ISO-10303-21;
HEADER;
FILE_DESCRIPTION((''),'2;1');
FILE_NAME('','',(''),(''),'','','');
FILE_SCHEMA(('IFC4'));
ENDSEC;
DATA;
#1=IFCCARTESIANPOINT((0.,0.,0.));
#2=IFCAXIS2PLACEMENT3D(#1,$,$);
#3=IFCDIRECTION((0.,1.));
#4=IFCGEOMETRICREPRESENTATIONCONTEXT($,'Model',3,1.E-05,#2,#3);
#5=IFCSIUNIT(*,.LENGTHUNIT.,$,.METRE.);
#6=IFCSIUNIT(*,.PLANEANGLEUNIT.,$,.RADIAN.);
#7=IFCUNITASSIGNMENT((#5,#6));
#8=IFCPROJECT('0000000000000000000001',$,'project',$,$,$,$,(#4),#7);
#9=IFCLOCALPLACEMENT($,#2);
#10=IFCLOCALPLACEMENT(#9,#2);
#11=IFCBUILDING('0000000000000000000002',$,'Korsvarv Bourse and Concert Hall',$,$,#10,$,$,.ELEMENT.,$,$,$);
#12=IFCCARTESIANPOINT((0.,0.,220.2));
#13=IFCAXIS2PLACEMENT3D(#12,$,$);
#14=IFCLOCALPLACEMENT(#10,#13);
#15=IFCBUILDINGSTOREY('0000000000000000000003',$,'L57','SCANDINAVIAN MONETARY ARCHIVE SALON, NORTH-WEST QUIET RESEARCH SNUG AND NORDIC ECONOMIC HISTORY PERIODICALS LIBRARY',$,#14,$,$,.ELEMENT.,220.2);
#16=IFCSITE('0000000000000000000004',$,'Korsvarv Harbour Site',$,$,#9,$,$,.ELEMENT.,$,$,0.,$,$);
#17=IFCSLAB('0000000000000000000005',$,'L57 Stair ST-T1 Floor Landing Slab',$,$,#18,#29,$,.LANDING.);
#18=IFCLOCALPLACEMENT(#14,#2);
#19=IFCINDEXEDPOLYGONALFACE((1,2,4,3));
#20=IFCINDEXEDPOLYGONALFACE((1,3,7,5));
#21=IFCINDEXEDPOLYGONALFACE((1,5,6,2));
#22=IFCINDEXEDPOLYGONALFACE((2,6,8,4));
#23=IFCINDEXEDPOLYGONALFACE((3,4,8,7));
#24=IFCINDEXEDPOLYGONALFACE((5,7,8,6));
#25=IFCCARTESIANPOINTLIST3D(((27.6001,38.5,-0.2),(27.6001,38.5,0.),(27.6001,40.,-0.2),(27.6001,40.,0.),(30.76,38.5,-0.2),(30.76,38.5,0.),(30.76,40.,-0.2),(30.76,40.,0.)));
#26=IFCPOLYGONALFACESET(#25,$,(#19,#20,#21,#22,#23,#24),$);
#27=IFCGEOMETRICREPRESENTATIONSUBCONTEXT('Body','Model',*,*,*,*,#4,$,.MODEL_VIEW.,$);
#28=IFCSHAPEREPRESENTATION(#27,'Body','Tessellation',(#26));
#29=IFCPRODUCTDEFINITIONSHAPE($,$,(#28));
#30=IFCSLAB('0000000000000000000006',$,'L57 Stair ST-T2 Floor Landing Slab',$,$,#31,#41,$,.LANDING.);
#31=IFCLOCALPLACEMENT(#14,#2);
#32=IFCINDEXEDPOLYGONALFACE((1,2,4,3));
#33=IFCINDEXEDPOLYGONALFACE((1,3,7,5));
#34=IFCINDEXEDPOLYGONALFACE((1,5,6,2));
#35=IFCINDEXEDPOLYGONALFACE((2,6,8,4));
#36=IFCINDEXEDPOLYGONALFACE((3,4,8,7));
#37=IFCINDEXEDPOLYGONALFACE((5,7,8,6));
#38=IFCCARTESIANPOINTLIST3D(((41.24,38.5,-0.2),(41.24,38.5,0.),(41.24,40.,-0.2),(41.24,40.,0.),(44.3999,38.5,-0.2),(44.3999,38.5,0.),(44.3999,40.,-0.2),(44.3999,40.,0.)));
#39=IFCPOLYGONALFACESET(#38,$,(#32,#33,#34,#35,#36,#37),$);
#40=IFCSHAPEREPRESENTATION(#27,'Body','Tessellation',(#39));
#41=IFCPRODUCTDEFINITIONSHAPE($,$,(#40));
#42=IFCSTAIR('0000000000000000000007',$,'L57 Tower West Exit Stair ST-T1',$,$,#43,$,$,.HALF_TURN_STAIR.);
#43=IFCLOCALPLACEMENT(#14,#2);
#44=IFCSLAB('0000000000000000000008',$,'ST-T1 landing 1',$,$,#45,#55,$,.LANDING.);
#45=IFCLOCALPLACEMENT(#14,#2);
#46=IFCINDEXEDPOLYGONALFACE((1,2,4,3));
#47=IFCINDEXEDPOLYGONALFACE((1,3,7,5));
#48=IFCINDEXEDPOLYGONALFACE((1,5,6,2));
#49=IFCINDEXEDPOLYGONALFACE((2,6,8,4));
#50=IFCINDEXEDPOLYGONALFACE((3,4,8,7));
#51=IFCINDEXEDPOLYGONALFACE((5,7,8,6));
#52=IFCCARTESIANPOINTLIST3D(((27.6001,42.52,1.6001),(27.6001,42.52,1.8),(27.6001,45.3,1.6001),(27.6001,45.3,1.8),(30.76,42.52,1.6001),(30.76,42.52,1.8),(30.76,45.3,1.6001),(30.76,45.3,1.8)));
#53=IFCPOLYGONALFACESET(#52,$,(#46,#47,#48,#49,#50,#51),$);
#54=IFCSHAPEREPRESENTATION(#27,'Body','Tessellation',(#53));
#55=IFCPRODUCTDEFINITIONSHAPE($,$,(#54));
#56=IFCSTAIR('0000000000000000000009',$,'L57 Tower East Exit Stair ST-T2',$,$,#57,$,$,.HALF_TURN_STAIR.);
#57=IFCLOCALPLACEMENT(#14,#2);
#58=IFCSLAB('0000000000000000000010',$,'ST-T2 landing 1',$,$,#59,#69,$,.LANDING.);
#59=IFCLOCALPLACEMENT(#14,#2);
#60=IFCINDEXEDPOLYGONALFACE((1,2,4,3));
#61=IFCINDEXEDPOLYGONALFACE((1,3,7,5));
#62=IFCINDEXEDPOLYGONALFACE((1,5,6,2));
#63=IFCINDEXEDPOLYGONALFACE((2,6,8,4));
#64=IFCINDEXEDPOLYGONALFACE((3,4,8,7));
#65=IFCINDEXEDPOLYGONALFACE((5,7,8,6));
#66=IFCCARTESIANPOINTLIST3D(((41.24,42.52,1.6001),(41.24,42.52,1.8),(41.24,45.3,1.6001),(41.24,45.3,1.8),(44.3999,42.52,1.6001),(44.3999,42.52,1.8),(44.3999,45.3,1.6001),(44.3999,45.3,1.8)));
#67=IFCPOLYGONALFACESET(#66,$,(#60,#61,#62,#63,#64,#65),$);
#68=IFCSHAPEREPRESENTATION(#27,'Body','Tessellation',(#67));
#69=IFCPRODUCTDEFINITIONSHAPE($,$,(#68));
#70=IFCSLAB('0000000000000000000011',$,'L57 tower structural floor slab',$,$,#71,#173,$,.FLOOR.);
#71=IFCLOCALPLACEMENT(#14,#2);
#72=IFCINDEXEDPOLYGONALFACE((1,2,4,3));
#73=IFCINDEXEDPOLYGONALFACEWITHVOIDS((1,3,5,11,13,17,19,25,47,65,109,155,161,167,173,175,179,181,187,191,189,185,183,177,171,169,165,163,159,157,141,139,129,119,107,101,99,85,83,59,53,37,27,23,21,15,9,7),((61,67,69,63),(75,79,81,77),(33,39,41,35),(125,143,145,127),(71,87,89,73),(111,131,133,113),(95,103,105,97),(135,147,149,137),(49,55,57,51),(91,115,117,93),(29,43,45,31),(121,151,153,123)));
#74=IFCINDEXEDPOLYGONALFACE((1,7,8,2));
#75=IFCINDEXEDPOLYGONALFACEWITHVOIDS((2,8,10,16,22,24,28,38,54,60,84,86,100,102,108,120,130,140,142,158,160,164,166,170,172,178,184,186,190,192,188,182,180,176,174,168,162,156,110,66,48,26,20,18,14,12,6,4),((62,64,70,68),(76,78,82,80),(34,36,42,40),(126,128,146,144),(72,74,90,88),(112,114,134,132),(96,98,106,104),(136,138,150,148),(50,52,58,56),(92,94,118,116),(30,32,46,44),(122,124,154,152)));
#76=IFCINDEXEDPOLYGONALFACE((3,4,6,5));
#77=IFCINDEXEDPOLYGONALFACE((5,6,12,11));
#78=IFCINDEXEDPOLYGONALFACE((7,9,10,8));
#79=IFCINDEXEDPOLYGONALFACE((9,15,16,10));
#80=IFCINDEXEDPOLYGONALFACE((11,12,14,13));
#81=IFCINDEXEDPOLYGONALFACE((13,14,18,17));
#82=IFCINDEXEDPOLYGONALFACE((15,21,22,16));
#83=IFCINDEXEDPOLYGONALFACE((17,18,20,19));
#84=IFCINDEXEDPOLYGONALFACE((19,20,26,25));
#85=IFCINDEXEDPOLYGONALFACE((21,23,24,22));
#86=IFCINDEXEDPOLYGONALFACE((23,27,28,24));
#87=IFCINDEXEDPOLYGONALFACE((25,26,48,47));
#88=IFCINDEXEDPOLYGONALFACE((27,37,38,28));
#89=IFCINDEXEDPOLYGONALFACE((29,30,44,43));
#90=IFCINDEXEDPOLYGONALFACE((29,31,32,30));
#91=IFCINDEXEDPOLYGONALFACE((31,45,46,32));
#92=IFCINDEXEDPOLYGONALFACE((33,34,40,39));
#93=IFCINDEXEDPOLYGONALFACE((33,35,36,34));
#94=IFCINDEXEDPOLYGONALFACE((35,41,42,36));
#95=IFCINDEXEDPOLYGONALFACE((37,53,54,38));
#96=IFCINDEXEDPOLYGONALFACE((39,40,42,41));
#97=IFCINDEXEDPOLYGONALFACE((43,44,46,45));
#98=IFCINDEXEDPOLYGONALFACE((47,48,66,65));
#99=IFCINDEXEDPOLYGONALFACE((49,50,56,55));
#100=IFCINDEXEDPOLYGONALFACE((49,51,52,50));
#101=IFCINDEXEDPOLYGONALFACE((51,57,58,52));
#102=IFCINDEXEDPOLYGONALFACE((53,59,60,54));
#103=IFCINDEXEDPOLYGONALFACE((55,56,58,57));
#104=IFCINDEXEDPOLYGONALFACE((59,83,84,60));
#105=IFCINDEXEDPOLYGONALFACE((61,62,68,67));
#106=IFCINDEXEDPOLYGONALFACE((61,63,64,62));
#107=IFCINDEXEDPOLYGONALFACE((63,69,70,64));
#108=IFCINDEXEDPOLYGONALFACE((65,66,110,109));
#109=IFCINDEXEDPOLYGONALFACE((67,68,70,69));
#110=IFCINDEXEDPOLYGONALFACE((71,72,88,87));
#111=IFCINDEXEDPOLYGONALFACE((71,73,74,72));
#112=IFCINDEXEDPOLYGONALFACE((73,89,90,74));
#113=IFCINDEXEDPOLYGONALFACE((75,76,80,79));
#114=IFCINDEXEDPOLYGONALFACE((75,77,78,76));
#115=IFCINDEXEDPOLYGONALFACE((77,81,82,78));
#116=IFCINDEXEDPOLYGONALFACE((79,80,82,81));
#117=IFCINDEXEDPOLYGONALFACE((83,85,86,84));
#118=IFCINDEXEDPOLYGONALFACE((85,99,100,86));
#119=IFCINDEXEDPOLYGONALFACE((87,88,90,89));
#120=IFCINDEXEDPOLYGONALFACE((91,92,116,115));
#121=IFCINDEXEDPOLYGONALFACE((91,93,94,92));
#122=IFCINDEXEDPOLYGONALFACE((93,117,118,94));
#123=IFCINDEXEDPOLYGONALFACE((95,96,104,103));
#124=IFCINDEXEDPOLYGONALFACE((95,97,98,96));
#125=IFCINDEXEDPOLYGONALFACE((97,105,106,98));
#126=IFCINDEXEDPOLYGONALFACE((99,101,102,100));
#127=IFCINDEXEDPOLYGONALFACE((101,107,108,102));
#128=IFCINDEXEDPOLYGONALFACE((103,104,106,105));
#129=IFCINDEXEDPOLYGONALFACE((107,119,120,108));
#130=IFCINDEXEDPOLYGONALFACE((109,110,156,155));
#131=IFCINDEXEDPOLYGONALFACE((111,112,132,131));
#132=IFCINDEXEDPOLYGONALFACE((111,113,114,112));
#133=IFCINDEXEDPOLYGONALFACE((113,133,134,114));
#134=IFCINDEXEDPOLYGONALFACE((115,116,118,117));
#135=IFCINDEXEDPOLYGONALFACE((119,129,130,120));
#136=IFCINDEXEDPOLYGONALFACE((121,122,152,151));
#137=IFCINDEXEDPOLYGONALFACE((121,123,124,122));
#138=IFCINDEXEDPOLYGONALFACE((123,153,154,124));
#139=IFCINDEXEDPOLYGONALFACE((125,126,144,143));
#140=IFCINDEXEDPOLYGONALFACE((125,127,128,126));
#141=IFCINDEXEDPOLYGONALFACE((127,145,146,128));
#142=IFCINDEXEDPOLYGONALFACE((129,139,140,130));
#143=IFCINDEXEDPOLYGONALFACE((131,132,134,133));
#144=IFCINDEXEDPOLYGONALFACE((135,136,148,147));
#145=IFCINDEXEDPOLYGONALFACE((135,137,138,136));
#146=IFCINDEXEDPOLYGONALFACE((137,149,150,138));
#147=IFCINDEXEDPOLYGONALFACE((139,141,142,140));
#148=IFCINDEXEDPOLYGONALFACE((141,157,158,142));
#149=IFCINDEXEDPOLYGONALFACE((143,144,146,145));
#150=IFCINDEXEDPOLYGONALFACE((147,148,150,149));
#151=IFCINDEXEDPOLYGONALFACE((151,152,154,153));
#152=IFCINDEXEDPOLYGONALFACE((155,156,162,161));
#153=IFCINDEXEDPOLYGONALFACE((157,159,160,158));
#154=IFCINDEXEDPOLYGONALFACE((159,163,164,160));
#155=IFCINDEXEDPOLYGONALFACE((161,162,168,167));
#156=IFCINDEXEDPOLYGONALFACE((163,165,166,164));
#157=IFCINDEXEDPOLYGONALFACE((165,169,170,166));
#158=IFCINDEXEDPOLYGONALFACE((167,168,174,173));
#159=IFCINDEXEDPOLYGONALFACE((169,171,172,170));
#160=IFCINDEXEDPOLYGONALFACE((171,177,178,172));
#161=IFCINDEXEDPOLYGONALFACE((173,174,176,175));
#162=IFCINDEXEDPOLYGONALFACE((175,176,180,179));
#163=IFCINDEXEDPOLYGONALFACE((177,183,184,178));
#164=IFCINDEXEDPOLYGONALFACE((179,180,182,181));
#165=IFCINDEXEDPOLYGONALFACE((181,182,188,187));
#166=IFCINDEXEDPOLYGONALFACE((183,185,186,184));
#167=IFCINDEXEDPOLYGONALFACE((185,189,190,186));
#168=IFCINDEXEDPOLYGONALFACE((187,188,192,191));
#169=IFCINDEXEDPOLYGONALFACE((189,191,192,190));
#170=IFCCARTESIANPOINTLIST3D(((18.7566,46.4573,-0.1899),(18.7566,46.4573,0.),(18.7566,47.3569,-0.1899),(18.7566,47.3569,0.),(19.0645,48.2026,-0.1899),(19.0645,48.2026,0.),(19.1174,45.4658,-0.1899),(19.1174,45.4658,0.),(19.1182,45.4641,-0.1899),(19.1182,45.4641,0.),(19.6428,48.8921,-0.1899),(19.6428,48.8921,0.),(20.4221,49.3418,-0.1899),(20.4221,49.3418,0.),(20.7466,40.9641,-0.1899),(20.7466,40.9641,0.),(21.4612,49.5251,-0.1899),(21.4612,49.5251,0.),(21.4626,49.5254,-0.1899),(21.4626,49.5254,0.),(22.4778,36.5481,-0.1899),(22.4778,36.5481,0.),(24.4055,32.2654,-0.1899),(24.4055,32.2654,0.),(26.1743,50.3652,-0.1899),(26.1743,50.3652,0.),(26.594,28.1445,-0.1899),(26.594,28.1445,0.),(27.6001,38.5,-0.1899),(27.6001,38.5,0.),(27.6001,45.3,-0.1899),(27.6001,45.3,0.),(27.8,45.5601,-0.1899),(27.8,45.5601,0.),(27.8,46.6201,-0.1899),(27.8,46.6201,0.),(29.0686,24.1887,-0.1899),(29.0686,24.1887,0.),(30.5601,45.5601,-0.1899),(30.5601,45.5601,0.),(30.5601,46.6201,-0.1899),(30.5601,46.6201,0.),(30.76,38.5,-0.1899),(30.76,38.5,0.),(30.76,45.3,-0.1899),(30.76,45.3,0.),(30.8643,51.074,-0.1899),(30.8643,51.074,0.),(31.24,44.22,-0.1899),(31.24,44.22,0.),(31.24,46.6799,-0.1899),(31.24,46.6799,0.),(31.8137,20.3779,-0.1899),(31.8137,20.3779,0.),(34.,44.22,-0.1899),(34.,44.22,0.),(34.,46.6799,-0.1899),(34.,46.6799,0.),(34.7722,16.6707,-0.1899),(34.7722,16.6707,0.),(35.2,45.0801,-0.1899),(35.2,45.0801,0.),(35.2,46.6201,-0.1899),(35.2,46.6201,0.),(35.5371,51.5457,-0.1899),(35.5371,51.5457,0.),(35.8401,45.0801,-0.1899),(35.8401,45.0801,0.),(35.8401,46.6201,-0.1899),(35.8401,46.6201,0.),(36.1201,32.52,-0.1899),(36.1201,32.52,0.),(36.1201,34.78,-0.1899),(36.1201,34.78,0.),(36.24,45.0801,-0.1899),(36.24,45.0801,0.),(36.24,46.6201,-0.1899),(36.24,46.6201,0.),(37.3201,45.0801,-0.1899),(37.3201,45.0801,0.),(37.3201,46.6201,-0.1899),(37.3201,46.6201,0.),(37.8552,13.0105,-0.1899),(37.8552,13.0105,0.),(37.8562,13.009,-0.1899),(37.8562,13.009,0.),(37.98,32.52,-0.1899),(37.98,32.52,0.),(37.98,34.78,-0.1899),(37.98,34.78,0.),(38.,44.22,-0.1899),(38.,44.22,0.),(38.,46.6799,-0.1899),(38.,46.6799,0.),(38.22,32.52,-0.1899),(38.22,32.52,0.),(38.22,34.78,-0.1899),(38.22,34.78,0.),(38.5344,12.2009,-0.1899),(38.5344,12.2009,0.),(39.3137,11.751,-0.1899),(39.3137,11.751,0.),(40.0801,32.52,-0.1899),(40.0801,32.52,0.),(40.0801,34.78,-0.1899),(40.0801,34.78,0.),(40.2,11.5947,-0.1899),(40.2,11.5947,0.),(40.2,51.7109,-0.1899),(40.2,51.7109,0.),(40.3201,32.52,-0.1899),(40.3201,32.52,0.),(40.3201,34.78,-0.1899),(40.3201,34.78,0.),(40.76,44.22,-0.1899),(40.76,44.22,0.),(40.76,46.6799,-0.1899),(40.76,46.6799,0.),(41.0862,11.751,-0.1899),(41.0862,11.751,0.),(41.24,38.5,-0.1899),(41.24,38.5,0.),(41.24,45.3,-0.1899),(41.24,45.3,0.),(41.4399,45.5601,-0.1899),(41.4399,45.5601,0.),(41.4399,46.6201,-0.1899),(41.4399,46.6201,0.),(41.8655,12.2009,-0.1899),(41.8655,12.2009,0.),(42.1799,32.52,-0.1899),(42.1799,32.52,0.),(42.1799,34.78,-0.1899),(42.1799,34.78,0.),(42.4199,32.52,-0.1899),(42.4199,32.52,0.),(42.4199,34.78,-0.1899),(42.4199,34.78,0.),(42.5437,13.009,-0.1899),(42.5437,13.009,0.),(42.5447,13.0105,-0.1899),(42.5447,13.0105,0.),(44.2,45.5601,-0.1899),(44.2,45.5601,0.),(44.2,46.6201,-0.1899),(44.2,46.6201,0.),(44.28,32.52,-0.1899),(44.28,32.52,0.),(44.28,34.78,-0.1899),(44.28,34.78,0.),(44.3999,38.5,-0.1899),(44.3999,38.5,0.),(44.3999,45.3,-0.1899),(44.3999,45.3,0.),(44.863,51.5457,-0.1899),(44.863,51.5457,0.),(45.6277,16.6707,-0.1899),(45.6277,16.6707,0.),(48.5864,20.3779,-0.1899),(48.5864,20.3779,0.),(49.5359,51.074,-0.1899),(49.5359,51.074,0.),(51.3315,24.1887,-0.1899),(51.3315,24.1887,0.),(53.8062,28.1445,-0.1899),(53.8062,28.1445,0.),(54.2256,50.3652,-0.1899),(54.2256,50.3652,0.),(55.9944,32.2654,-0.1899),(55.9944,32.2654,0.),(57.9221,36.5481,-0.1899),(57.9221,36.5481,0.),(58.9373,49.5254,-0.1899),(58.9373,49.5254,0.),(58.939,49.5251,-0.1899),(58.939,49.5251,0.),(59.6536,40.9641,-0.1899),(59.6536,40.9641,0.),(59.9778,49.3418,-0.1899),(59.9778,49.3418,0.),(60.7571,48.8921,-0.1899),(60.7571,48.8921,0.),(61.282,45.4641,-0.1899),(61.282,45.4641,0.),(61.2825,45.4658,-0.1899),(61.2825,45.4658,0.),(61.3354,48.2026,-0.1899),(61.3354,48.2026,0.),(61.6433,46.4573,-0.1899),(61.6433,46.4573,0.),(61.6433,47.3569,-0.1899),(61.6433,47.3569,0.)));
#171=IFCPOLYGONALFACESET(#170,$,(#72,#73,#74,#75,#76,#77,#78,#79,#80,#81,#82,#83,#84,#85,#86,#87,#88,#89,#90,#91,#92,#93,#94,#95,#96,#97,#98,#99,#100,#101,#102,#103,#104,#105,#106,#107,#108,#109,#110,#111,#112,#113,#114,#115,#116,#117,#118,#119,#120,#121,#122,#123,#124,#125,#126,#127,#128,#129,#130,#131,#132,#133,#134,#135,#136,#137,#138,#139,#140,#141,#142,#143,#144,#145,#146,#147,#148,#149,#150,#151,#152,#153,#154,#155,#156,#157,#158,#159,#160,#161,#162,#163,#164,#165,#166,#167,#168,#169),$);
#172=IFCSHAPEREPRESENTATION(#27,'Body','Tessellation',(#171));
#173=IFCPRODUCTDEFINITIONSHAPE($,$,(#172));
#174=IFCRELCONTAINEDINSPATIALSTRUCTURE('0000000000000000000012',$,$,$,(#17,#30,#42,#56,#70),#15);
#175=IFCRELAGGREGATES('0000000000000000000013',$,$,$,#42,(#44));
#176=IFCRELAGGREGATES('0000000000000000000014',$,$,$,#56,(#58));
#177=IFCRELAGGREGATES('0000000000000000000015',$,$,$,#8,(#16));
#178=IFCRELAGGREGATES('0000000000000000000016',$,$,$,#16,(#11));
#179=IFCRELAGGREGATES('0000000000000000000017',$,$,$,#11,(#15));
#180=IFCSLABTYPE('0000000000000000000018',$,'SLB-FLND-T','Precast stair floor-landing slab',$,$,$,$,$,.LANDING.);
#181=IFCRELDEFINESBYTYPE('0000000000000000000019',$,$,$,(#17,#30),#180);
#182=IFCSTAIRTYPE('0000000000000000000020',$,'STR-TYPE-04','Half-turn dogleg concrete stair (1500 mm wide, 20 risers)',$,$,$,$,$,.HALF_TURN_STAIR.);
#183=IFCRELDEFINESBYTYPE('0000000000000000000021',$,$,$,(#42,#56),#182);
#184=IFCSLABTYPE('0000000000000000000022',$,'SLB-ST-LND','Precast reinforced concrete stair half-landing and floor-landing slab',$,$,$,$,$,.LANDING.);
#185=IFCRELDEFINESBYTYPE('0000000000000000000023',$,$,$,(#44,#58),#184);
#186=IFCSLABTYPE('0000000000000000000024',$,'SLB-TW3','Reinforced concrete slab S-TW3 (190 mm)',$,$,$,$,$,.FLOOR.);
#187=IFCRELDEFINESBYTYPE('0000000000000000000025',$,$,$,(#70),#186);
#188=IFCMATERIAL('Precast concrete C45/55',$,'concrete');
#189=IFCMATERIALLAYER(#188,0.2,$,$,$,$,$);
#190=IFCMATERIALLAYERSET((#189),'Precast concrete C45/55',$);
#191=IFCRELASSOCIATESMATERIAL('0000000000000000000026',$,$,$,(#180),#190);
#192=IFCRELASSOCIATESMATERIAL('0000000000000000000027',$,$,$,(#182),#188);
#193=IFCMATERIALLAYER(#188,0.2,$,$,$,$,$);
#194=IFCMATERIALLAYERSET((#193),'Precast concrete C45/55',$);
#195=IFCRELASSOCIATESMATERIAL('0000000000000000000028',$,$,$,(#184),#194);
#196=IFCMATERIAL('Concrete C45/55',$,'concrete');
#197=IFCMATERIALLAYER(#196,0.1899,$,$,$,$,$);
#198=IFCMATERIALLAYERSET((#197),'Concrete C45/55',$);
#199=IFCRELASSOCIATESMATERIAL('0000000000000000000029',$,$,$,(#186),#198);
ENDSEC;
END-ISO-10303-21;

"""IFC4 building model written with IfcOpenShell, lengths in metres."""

from ifc_helpers import new_model, si_unit, direction, frame, origin, place, context, subcontext, project, spatial, polyline, outline, extrude, material, layer, layer_set, type_object, element, aggregate, save


model = new_model("IFC4")

# Units and contexts
model_context = context("Model", 3, precision=1e-05, world=origin(), true_north=direction((0.0, 1.0)))
body_context = subcontext(model_context, "Body", "Model", "MODEL_VIEW")
ifc_project = project(units=[si_unit("LENGTHUNIT", "METRE"), si_unit("PLANEANGLEUNIT", "RADIAN")], contexts=[model_context])

# Site, building, storey
site_placement = place(None, origin())
site = spatial("IfcSite", under=ifc_project, at=site_placement, Name="Korsvarv Harbour Site", CompositionType="ELEMENT", RefElevation=0.0)
building_placement = place(site_placement, origin())
building = spatial("IfcBuilding", under=site, at=building_placement, Name="Korsvarv Bourse and Concert Hall", CompositionType="ELEMENT")
storey_placement = place(building_placement, frame((0.0, 0.0, 220.2)))
storey = spatial("IfcBuildingStorey", under=building, at=storey_placement, Name="L57", Description="SCANDINAVIAN MONETARY ARCHIVE SALON, NORTH-WEST QUIET RESEARCH SNUG AND NORDIC ECONOMIC HISTORY PERIODICALS LIBRARY", CompositionType="ELEMENT", Elevation=220.2)

# Slabs
ifc_material_1 = material(Name="Precast concrete C45/55", Category="concrete")
ifc_layer_1 = layer(ifc_material_1, 0.2)
ifc_layer_set_1 = layer_set([ifc_layer_1], Name="Precast concrete C45/55")
slab_type_1 = type_object("IfcSlabType", Name="SLB-FLND-T", Description="Precast stair floor-landing slab", PredefinedType="LANDING", material=ifc_layer_set_1)
slab_1_placement = place(storey_placement, frame((0.0, 0.0, -0.2)))
element("IfcSlab", 1, at=slab_1_placement, inside=storey, type_object=slab_type_1, Name="L57 Stair ST-T1 Floor Landing Slab", PredefinedType="LANDING", context=body_context, shape_type="SweptSolid", body=[
    extrude(outline(polyline([(30.76, 38.5), (30.76, 40.0), (27.6001, 40.0), (27.6001, 38.5), (30.76, 38.5)])), origin(), (0.0, 0.0, 1.0), 0.2),
])
slab_2_placement = place(storey_placement, frame((0.0, 0.0, -0.2)))
element("IfcSlab", 2, at=slab_2_placement, inside=storey, type_object=slab_type_1, Name="L57 Stair ST-T2 Floor Landing Slab", PredefinedType="LANDING", context=body_context, shape_type="SweptSolid", body=[
    extrude(outline(polyline([(44.3999, 38.5), (44.3999, 40.0), (41.24, 40.0), (41.24, 38.5), (44.3999, 38.5)])), origin(), (0.0, 0.0, 1.0), 0.2),
])

# Stairs, slabs
stair_type = type_object("IfcStairType", Name="STR-TYPE-04", Description="Half-turn dogleg concrete stair (1500 mm wide, 20 risers)", PredefinedType="HALF_TURN_STAIR", material=ifc_material_1)
stair_1_placement = place(storey_placement, origin())
stair_1 = element("IfcStair", 3, at=stair_1_placement, inside=storey, type_object=stair_type, Name="L57 Tower West Exit Stair ST-T1", PredefinedType="HALF_TURN_STAIR")
ifc_layer_2 = layer(ifc_material_1, 0.2)
ifc_layer_set_2 = layer_set([ifc_layer_2], Name="Precast concrete C45/55")
slab_type_2 = type_object("IfcSlabType", Name="SLB-ST-LND", Description="Precast reinforced concrete stair half-landing and floor-landing slab", PredefinedType="LANDING", material=ifc_layer_set_2)
slab_3_placement = place(storey_placement, frame((0.0, 0.0, 1.6001)))
slab_3 = element("IfcSlab", 4, at=slab_3_placement, type_object=slab_type_2, Name="ST-T1 landing 1", PredefinedType="LANDING", context=body_context, shape_type="SweptSolid", body=[
    extrude(outline(polyline([(30.76, 42.52), (30.76, 45.3), (27.6001, 45.3), (27.6001, 42.52), (30.76, 42.52)])), origin(), (0.0, 0.0, 1.0), 0.2),
])
aggregate(stair_1, [slab_3])
stair_2_placement = place(storey_placement, origin())
stair_2 = element("IfcStair", 5, at=stair_2_placement, inside=storey, type_object=stair_type, Name="L57 Tower East Exit Stair ST-T2", PredefinedType="HALF_TURN_STAIR")
slab_4_placement = place(storey_placement, frame((0.0, 0.0, 1.6001)))
slab_4 = element("IfcSlab", 6, at=slab_4_placement, type_object=slab_type_2, Name="ST-T2 landing 1", PredefinedType="LANDING", context=body_context, shape_type="SweptSolid", body=[
    extrude(outline(polyline([(44.3999, 42.52), (44.3999, 45.3), (41.24, 45.3), (41.24, 42.52), (44.3999, 42.52)])), origin(), (0.0, 0.0, 1.0), 0.2),
])
aggregate(stair_2, [slab_4])

# Slab
ifc_material_2 = material(Name="Concrete C45/55", Category="concrete")
ifc_layer_3 = layer(ifc_material_2, 0.1899)
ifc_layer_set_3 = layer_set([ifc_layer_3], Name="Concrete C45/55")
slab_type_3 = type_object("IfcSlabType", Name="SLB-TW3", Description="Reinforced concrete slab S-TW3 (190 mm)", PredefinedType="FLOOR", material=ifc_layer_set_3)
slab_5_placement = place(storey_placement, frame((0.0, 0.0, -0.1899)))
element("IfcSlab", 7, at=slab_5_placement, inside=storey, type_object=slab_type_3, Name="L57 tower structural floor slab", PredefinedType="FLOOR", context=body_context, shape_type="SweptSolid", body=[
    extrude(outline(polyline([(61.282, 45.4641), (59.6536, 40.9641), (57.9221, 36.5481), (55.9944, 32.2654), (53.8062, 28.1445), (51.3315, 24.1887), (48.5864, 20.3779), (45.6277, 16.6707), (42.5447, 13.0105), (42.5437, 13.009), (41.8655, 12.2009), (41.0862, 11.751), (40.2, 11.5947), (39.3137, 11.751), (38.5344, 12.2009), (37.8562, 13.009), (37.8552, 13.0105), (34.7722, 16.6707), (31.8137, 20.3779), (29.0686, 24.1887), (26.594, 28.1445), (24.4055, 32.2654), (22.4778, 36.5481), (20.7466, 40.9641), (19.1182, 45.4641), (19.1174, 45.4658), (18.7566, 46.4573), (18.7566, 47.3569), (19.0645, 48.2026), (19.6428, 48.8921), (20.4221, 49.3418), (21.4612, 49.5251), (21.4626, 49.5254), (26.1743, 50.3652), (30.8643, 51.074), (35.5371, 51.5457), (40.2, 51.7109), (44.863, 51.5457), (49.5359, 51.074), (54.2256, 50.3652), (58.9373, 49.5254), (58.939, 49.5251), (59.9778, 49.3418), (60.7571, 48.8921), (61.3354, 48.2026), (61.6433, 47.3569), (61.6433, 46.4573), (61.2825, 45.4658), (61.282, 45.4641)]), holes=[polyline([(30.76, 38.5), (30.76, 45.3), (27.6001, 45.3), (27.6001, 38.5), (30.76, 38.5)]), polyline([(44.3999, 38.5), (44.3999, 45.3), (41.24, 45.3), (41.24, 38.5), (44.3999, 38.5)]), polyline([(31.24, 44.22), (34.0, 44.22), (34.0, 46.6799), (31.24, 46.6799), (31.24, 44.22)]), polyline([(38.0, 44.22), (40.76, 44.22), (40.76, 46.6799), (38.0, 46.6799), (38.0, 44.22)]), polyline([(36.1201, 32.52), (37.98, 32.52), (37.98, 34.78), (36.1201, 34.78), (36.1201, 32.52)]), polyline([(38.22, 32.52), (40.0801, 32.52), (40.0801, 34.78), (38.22, 34.78), (38.22, 32.52)]), polyline([(40.3201, 32.52), (42.1799, 32.52), (42.1799, 34.78), (40.3201, 34.78), (40.3201, 32.52)]), polyline([(42.4199, 32.52), (44.28, 32.52), (44.28, 34.78), (42.4199, 34.78), (42.4199, 32.52)]), polyline([(27.8, 45.5601), (30.5601, 45.5601), (30.5601, 46.6201), (27.8, 46.6201), (27.8, 45.5601)]), polyline([(41.4399, 45.5601), (44.2, 45.5601), (44.2, 46.6201), (41.4399, 46.6201), (41.4399, 45.5601)]), polyline([(35.2, 45.0801), (35.8401, 45.0801), (35.8401, 46.6201), (35.2, 46.6201), (35.2, 45.0801)]), polyline([(36.24, 45.0801), (37.3201, 45.0801), (37.3201, 46.6201), (36.24, 46.6201), (36.24, 45.0801)])]), origin(), (0.0, 0.0, 1.0), 0.1899),
])

save(model, "model.ifc")
